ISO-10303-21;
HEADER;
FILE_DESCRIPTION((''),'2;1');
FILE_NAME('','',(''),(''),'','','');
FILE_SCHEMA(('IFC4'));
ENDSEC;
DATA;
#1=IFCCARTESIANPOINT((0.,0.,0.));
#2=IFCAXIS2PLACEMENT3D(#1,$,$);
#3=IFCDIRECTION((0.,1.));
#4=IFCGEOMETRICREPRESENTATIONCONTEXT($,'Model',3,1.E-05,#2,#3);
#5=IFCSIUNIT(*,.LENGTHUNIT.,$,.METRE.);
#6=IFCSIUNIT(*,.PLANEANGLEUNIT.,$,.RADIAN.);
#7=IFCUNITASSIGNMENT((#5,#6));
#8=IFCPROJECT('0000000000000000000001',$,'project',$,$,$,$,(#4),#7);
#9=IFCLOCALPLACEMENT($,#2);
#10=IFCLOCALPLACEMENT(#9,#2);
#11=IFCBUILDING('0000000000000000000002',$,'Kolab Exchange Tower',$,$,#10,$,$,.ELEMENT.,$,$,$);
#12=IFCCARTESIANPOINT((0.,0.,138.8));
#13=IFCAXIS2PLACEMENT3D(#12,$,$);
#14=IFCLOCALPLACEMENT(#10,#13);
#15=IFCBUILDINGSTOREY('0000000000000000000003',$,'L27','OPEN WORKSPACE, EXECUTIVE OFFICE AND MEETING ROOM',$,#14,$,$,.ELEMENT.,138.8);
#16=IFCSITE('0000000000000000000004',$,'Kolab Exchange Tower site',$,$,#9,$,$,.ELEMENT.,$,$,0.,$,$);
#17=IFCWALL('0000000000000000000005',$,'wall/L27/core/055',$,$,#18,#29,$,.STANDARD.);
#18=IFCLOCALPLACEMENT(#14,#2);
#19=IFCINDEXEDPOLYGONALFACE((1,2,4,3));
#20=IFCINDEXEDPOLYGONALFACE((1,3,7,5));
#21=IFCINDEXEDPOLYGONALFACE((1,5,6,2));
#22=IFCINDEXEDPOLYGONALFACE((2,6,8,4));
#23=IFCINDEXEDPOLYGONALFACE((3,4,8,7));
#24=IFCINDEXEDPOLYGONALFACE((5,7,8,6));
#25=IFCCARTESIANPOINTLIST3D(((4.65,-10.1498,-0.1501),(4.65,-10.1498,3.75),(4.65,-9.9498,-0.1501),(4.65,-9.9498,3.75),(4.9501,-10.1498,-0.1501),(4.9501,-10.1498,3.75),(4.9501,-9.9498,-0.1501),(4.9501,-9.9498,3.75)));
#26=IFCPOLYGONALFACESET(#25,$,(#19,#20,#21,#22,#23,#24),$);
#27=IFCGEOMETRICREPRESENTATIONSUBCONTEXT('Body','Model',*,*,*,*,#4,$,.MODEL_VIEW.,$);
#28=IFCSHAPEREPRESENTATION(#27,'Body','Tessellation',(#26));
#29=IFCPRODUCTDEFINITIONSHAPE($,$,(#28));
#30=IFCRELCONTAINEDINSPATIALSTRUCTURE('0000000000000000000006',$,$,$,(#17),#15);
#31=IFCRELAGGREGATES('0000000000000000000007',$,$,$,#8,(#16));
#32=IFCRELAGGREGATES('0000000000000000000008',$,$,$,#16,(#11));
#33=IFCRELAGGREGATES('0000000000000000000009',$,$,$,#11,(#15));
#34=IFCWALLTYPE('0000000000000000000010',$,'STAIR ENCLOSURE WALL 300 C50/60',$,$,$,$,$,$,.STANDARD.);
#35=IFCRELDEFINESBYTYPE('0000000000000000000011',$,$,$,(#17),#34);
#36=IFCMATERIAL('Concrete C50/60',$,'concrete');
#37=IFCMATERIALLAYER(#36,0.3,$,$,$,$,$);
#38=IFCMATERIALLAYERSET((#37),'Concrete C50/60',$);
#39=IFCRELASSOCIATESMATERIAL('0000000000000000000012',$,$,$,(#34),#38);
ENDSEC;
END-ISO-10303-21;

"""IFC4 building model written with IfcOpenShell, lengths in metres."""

from ifc_helpers import new_model, si_unit, direction, frame, frame_2d, origin, place, context, subcontext, project, spatial, rectangle, extrude, material, layer, layer_set, type_object, element, save


model = new_model("IFC4")

# Units and contexts
model_context = context("Model", 3, precision=1e-05, world=origin(), true_north=direction((0.0, 1.0)))
body_context = subcontext(model_context, "Body", "Model", "MODEL_VIEW")
ifc_project = project(units=[si_unit("LENGTHUNIT", "METRE"), si_unit("PLANEANGLEUNIT", "RADIAN")], contexts=[model_context])

# Site, building, storey
site_placement = place(None, origin())
site = spatial("IfcSite", under=ifc_project, at=site_placement, Name="Kolab Exchange Tower site", CompositionType="ELEMENT", RefElevation=0.0)
building_placement = place(site_placement, origin())
building = spatial("IfcBuilding", under=site, at=building_placement, Name="Kolab Exchange Tower", CompositionType="ELEMENT")
storey_placement = place(building_placement, frame((0.0, 0.0, 138.8)))
storey = spatial("IfcBuildingStorey", under=building, at=storey_placement, Name="L27", Description="OPEN WORKSPACE, EXECUTIVE OFFICE AND MEETING ROOM", CompositionType="ELEMENT", Elevation=138.8)

# Wall
ifc_material_1 = material(Name="Concrete C50/60", Category="concrete")
ifc_layer_1 = layer(ifc_material_1, 0.3)
ifc_layer_set_1 = layer_set([ifc_layer_1], Name="Concrete C50/60")
wall_type_1 = type_object("IfcWallType", Name="STAIR ENCLOSURE WALL 300 C50/60", PredefinedType="STANDARD", material=ifc_layer_set_1)
wall_1_placement = place(storey_placement, frame((4.8, -10.1499, -0.1501), z_axis=(0.0, 0.0, 1.0), x_axis=(0.0, 1.0, 0.0)))
element("IfcWall", 1, at=wall_1_placement, inside=storey, type_object=wall_type_1, Name="wall/L27/core/055", PredefinedType="STANDARD", context=body_context, shape_type="SweptSolid", body=[
    extrude(rectangle(XDim=0.2, YDim=0.3, at=frame_2d((0.1001, 0.0))), origin(), (0.0, 0.0, 1.0), 3.9001),
])

save(model, "model.ifc")
